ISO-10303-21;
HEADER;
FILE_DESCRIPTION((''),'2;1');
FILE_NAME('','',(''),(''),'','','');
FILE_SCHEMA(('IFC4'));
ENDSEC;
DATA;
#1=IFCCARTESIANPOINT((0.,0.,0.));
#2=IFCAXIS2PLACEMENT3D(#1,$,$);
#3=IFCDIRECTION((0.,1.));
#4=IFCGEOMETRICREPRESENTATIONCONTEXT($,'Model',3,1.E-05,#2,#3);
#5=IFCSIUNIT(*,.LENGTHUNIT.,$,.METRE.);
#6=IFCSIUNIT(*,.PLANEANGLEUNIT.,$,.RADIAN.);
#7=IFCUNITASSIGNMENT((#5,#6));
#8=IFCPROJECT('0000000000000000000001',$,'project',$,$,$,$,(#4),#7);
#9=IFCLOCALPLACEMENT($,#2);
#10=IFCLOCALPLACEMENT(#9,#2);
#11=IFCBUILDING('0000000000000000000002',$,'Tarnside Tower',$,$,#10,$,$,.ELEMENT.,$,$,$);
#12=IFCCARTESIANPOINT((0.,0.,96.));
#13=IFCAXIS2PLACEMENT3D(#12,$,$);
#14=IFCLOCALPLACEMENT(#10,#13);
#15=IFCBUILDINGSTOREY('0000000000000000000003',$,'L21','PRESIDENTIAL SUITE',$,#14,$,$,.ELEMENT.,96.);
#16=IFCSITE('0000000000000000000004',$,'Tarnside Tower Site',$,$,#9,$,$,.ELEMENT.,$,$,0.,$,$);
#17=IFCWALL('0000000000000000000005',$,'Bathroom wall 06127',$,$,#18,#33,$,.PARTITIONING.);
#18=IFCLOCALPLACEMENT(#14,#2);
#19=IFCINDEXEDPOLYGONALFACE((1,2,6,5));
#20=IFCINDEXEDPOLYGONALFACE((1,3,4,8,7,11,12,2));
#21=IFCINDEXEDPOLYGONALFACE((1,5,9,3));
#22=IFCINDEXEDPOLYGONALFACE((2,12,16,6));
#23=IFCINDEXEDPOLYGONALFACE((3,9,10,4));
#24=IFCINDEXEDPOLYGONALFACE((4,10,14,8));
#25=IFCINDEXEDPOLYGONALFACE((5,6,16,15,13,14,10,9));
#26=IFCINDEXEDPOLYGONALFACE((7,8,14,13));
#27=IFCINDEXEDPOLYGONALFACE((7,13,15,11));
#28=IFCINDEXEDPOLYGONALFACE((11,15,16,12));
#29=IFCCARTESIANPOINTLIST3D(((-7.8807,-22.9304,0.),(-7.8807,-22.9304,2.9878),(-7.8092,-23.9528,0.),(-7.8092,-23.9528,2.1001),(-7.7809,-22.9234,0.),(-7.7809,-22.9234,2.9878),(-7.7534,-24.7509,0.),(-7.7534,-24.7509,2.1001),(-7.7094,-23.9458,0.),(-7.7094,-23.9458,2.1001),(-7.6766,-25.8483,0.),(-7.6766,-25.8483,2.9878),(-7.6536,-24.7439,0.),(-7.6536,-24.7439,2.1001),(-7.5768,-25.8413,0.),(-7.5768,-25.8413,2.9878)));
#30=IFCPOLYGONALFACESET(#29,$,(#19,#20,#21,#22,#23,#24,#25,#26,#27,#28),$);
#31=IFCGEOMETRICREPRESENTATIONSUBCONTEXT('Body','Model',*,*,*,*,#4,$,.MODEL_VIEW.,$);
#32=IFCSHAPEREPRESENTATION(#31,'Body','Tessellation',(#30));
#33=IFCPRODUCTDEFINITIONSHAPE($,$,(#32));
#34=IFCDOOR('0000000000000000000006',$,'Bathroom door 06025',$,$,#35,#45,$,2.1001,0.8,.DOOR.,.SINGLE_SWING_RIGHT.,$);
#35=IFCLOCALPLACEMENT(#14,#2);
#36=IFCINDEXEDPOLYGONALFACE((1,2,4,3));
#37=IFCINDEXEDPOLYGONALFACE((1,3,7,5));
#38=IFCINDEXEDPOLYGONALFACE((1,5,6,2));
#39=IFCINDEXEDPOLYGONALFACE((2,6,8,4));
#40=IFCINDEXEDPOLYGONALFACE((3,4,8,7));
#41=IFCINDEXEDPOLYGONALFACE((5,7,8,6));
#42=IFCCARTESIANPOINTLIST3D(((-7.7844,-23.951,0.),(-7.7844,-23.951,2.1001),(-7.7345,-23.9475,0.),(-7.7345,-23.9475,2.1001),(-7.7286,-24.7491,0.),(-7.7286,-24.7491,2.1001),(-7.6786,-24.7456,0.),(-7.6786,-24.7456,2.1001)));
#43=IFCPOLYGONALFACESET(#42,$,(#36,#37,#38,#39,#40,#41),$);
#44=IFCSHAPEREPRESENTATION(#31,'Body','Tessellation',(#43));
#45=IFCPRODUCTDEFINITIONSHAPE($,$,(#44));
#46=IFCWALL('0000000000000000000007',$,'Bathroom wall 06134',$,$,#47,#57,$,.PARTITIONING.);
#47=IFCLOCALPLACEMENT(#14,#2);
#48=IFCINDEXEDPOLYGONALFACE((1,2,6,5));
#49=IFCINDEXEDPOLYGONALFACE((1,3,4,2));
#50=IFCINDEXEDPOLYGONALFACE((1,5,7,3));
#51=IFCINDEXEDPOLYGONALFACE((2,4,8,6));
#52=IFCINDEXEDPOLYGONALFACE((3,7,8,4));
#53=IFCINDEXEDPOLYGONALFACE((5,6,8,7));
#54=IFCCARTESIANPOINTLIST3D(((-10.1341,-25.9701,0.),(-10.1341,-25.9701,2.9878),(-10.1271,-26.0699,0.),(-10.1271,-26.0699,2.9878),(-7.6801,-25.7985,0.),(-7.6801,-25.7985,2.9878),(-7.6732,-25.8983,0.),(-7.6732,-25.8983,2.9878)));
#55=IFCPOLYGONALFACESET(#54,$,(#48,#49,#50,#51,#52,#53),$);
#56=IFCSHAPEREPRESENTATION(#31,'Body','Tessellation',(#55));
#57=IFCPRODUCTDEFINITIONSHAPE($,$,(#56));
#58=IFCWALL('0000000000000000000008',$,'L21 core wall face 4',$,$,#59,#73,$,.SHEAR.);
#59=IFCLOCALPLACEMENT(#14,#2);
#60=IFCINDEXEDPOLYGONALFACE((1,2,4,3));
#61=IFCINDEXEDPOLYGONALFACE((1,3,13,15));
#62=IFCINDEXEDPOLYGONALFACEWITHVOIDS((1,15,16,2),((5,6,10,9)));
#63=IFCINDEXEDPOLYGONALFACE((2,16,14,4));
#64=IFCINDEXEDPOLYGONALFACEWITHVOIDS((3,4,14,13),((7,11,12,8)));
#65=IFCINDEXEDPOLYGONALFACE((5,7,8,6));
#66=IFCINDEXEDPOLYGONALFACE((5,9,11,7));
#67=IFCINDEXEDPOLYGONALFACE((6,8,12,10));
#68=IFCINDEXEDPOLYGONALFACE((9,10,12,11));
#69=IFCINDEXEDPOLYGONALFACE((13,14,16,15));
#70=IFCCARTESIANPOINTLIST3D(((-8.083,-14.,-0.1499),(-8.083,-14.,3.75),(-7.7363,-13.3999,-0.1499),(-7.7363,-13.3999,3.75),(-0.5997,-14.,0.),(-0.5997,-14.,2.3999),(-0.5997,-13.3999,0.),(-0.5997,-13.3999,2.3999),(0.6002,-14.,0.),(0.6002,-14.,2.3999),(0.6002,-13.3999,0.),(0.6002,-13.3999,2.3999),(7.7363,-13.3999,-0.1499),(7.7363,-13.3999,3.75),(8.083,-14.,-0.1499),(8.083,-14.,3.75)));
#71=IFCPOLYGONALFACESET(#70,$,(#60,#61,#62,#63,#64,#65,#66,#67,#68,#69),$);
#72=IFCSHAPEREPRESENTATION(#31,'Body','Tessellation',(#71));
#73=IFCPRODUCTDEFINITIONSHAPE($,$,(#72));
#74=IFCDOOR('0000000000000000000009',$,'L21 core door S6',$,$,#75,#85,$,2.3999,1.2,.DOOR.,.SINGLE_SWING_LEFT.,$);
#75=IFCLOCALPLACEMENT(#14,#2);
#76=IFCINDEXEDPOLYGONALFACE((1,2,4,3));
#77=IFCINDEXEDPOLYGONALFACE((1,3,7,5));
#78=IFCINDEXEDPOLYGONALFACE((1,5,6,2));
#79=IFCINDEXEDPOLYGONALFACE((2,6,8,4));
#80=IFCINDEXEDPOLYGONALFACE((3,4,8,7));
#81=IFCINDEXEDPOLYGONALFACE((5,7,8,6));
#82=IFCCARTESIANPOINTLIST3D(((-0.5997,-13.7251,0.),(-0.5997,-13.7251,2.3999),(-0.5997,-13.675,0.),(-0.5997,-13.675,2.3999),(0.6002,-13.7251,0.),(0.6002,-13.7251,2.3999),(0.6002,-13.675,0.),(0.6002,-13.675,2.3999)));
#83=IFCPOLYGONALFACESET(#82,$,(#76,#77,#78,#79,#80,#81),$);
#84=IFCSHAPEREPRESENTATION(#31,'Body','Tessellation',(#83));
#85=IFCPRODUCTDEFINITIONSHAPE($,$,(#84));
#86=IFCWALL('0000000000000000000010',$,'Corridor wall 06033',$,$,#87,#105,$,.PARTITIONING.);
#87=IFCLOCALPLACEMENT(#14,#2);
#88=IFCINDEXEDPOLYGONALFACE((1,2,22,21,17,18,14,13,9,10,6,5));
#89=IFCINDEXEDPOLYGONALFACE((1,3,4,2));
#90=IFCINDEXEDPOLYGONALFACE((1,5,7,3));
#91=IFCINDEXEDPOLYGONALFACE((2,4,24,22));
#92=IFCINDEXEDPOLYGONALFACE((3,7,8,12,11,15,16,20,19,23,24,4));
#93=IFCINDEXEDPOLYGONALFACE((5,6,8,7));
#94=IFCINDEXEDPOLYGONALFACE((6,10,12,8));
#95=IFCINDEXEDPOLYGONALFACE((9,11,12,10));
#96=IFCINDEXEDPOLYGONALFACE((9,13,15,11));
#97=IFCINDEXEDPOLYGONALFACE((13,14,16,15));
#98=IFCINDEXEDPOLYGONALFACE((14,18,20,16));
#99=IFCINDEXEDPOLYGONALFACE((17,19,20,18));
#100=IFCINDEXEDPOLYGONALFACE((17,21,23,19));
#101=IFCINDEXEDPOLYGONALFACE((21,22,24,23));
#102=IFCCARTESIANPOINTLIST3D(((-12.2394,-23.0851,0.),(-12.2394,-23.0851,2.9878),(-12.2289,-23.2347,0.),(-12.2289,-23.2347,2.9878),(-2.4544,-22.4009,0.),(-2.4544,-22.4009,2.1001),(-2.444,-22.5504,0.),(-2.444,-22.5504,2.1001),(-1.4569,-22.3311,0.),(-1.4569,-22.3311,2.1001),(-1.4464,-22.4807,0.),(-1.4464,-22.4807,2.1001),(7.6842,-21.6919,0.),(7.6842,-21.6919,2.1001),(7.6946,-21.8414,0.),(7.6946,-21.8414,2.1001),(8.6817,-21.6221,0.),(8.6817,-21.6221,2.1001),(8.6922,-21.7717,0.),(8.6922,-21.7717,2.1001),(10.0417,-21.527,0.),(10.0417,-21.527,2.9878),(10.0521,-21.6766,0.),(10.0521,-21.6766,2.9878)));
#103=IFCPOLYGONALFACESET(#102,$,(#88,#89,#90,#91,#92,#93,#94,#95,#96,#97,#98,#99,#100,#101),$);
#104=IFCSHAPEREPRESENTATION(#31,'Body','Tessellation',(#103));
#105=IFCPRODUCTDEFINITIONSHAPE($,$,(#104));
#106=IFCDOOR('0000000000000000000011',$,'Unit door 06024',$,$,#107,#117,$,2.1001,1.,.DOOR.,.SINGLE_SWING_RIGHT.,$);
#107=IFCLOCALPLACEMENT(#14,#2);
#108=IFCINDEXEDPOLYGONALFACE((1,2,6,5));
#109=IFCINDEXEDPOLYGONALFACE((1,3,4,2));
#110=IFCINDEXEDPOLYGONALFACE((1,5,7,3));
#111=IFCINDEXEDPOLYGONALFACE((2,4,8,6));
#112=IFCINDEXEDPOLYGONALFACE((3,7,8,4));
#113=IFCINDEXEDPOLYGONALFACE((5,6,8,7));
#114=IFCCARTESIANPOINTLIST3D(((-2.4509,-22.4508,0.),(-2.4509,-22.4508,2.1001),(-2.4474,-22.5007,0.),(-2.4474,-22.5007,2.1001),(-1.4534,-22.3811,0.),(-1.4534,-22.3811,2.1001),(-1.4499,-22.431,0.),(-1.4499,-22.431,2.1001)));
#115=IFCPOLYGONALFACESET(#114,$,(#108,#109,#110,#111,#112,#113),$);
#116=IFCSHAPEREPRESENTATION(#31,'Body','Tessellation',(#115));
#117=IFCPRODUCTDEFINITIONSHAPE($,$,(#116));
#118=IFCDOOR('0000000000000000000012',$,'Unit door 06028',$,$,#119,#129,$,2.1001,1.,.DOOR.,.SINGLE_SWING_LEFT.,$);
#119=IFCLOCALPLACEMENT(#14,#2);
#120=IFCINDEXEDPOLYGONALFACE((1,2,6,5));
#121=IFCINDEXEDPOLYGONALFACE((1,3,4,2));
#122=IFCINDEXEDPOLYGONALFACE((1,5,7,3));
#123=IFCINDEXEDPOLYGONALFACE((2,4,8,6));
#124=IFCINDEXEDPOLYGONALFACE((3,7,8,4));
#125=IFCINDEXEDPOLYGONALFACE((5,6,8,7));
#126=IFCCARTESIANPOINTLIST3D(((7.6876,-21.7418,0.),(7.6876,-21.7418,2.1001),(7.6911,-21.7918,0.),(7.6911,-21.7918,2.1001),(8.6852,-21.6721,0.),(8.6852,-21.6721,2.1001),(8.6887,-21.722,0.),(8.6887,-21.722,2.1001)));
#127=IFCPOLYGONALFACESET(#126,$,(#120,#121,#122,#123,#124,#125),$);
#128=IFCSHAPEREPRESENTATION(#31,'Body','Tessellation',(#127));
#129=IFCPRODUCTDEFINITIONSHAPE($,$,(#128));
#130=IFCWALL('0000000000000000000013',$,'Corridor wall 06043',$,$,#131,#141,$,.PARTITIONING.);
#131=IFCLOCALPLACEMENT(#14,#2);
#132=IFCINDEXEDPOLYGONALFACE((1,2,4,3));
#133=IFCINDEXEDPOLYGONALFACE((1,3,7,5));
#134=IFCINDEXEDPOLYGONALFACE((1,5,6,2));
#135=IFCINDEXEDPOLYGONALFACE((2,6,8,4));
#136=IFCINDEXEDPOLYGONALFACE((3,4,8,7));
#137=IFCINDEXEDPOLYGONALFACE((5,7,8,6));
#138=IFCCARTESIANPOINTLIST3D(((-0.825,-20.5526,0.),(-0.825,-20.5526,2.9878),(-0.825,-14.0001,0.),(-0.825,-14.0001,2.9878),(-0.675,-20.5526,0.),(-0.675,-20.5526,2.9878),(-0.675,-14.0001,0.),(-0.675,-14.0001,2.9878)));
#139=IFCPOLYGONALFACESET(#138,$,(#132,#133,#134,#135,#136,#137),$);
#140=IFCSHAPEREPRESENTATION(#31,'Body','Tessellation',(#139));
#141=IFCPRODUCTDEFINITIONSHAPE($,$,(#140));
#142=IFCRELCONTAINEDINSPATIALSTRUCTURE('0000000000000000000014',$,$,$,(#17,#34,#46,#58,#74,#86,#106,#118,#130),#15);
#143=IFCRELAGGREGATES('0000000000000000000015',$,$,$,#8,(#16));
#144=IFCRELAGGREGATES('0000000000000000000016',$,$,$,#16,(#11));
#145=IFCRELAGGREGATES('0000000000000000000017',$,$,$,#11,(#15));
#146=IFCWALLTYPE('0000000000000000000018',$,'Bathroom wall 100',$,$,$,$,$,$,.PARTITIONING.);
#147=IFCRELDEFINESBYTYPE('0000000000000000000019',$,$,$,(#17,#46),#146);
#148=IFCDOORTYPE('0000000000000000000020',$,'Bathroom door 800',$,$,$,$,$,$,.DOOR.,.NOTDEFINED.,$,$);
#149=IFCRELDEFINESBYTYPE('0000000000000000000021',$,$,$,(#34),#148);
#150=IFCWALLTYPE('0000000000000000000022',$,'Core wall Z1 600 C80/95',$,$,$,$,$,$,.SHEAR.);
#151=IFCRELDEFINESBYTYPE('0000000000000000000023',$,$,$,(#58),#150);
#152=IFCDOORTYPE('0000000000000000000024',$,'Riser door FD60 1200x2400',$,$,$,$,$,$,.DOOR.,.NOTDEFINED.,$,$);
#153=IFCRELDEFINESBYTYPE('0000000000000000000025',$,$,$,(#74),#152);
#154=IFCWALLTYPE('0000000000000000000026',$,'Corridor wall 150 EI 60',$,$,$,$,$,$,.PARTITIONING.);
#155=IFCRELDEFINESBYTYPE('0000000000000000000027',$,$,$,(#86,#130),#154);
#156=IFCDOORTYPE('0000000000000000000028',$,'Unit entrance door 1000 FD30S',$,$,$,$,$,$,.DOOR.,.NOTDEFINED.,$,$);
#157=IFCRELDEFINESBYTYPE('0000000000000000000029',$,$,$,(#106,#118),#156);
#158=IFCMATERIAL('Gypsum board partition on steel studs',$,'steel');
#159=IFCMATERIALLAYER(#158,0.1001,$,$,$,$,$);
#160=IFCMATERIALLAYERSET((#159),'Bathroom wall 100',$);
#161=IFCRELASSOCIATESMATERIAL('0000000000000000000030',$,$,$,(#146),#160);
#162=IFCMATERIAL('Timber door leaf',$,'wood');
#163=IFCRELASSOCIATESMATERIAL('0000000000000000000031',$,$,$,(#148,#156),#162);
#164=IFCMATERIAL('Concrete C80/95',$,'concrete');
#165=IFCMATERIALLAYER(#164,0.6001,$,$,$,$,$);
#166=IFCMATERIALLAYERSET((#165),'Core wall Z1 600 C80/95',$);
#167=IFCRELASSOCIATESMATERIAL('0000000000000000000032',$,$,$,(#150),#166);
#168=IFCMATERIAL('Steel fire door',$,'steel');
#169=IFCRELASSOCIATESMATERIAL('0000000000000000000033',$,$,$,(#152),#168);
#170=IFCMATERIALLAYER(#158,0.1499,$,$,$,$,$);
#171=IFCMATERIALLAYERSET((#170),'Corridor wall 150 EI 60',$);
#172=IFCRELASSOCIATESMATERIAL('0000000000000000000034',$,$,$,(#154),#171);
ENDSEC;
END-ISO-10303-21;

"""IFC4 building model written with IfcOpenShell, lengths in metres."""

from ifc_helpers import new_model, si_unit, direction, frame, frame_2d, origin, place, context, subcontext, project, spatial, polyline, rectangle, outline, extrude, material, layer, layer_set, type_object, element, fill, save


model = new_model("IFC4")

# Units and contexts
model_context = context("Model", 3, precision=1e-05, world=origin(), true_north=direction((0.0, 1.0)))
body_context = subcontext(model_context, "Body", "Model", "MODEL_VIEW")
ifc_project = project(units=[si_unit("LENGTHUNIT", "METRE"), si_unit("PLANEANGLEUNIT", "RADIAN")], contexts=[model_context])

# Site, building, storey
site_placement = place(None, origin())
site = spatial("IfcSite", under=ifc_project, at=site_placement, Name="Tarnside Tower Site", CompositionType="ELEMENT", RefElevation=0.0)
building_placement = place(site_placement, origin())
building = spatial("IfcBuilding", under=site, at=building_placement, Name="Tarnside Tower", CompositionType="ELEMENT")
storey_placement = place(building_placement, frame((0.0, 0.0, 96.0)))
storey = spatial("IfcBuildingStorey", under=building, at=storey_placement, Name="L21", Description="PRESIDENTIAL SUITE", CompositionType="ELEMENT", Elevation=96.0)

# Wall, opening, door
ifc_material_1 = material(Name="Gypsum board partition on steel studs", Category="steel")
ifc_layer_1 = layer(ifc_material_1, 0.1001)
ifc_layer_set_1 = layer_set([ifc_layer_1], Name="Bathroom wall 100")
wall_type_1 = type_object("IfcWallType", Name="Bathroom wall 100", PredefinedType="PARTITIONING", material=ifc_layer_set_1)
wall_1_placement = place(storey_placement, frame((-7.8308, -22.927, 0.0), z_axis=(0.0, 0.0, 1.0), x_axis=(0.069776, -0.997563, 0.0)))
wall_1 = element("IfcWall", 1, at=wall_1_placement, inside=storey, type_object=wall_type_1, Name="Bathroom wall 06127", PredefinedType="PARTITIONING", context=body_context, shape_type="SweptSolid", body=[
    extrude(rectangle(XDim=2.925, YDim=0.1001, at=frame_2d((1.4624, 0.0))), origin(), (0.0, 0.0, 1.0), 2.9878),
])
opening_1_placement = place(wall_1_placement, frame((1.0249, 0.0, 0.0)))
opening_1 = element("IfcOpeningElement", 2, at=opening_1_placement, cuts=wall_1, PredefinedType="OPENING", context=body_context, shape_type="SweptSolid", body=[
    extrude(rectangle(XDim=0.8, YDim=2.1001, at=frame_2d((0.3999, 1.05))), frame((0.0, 0.0601, 0.0), z_axis=(0.0, -1.0, 0.0), x_axis=(1.0, 0.0, 0.0)), (0.0, 0.0, 1.0), 0.1201),
])
ifc_material_2 = material(Name="Timber door leaf", Category="wood")
door_type_1 = type_object("IfcDoorType", Name="Bathroom door 800", OperationType="NOTDEFINED", PredefinedType="DOOR", material=ifc_material_2)
door_1_placement = place(opening_1_placement, origin())
door_1 = element("IfcDoor", 3, at=door_1_placement, inside=storey, type_object=door_type_1, Name="Bathroom door 06025", OperationType="SINGLE_SWING_RIGHT", OverallHeight=2.1001, OverallWidth=0.8, PredefinedType="DOOR", context=body_context, shape_type="SweptSolid", body=[
    extrude(rectangle(XDim=0.8, YDim=2.1001, at=frame_2d((0.3999, 1.05))), frame((0.0, 0.0249, 0.0), z_axis=(0.0, -1.0, 0.0), x_axis=(1.0, 0.0, 0.0)), (0.0, 0.0, 1.0), 0.05),
])
fill(opening_1, door_1)

# Wall
wall_2_placement = place(storey_placement, frame((-10.1306, -26.02, 0.0), z_axis=(0.0, 0.0, 1.0), x_axis=(0.997563, 0.069773, 0.0)))
element("IfcWall", 4, at=wall_2_placement, inside=storey, type_object=wall_type_1, Name="Bathroom wall 06134", PredefinedType="PARTITIONING", context=body_context, shape_type="SweptSolid", body=[
    extrude(rectangle(XDim=2.46, YDim=0.1001, at=frame_2d((1.23, 0.0))), origin(), (0.0, 0.0, 1.0), 2.9878),
])

# Wall, opening, door
ifc_material_3 = material(Name="Concrete C80/95", Category="concrete")
ifc_layer_2 = layer(ifc_material_3, 0.6001)
ifc_layer_set_2 = layer_set([ifc_layer_2], Name="Core wall Z1 600 C80/95")
wall_type_2 = type_object("IfcWallType", Name="Core wall Z1 600 C80/95", PredefinedType="SHEAR", material=ifc_layer_set_2)
wall_3_placement = place(storey_placement, frame((-7.9097, -13.7, -0.1499), z_axis=(0.0, 0.0, 1.0), x_axis=(1.0, 0.0, 0.0)))
wall_3 = element("IfcWall", 5, at=wall_3_placement, inside=storey, type_object=wall_type_2, Name="L21 core wall face 4", PredefinedType="SHEAR", context=body_context, shape_type="SweptSolid", body=[
    extrude(outline(polyline([(-0.1733, -0.3), (15.9927, -0.3), (15.646, 0.3), (0.1733, 0.3), (-0.1733, -0.3)])), origin(), (0.0, 0.0, 1.0), 3.8999),
])
opening_2_placement = place(wall_3_placement, frame((7.3098, 0.0, 0.1499)))
opening_2 = element("IfcOpeningElement", 6, at=opening_2_placement, cuts=wall_3, PredefinedType="OPENING", context=body_context, shape_type="SweptSolid", body=[
    extrude(rectangle(XDim=1.2, YDim=2.3999, at=frame_2d((0.6001, 1.2))), frame((0.0, 0.3101, 0.0), z_axis=(0.0, -1.0, 0.0), x_axis=(1.0, 0.0, 0.0)), (0.0, 0.0, 1.0), 0.6201),
])
ifc_material_4 = material(Name="Steel fire door", Category="steel")
door_type_2 = type_object("IfcDoorType", Name="Riser door FD60 1200x2400", OperationType="NOTDEFINED", PredefinedType="DOOR", material=ifc_material_4)
door_2_placement = place(opening_2_placement, origin())
door_2 = element("IfcDoor", 7, at=door_2_placement, inside=storey, type_object=door_type_2, Name="L21 core door S6", OperationType="SINGLE_SWING_LEFT", OverallHeight=2.3999, OverallWidth=1.2, PredefinedType="DOOR", context=body_context, shape_type="SweptSolid", body=[
    extrude(rectangle(XDim=1.2, YDim=2.3999, at=frame_2d((0.6001, 1.2))), frame((0.0, 0.0249, 0.0), z_axis=(0.0, -1.0, 0.0), x_axis=(1.0, 0.0, 0.0)), (0.0, 0.0, 1.0), 0.05),
])
fill(opening_2, door_2)

# Wall, openings, doors
ifc_layer_3 = layer(ifc_material_1, 0.1499)
ifc_layer_set_3 = layer_set([ifc_layer_3], Name="Corridor wall 150 EI 60")
wall_type_3 = type_object("IfcWallType", Name="Corridor wall 150 EI 60", PredefinedType="PARTITIONING", material=ifc_layer_set_3)
wall_4_placement = place(storey_placement, frame((-12.2341, -23.1599, 0.0), z_axis=(0.0, 0.0, 1.0), x_axis=(0.997564, 0.069759, 0.0)))
wall_4 = element("IfcWall", 8, at=wall_4_placement, inside=storey, type_object=wall_type_3, Name="Corridor wall 06033", PredefinedType="PARTITIONING", context=body_context, shape_type="SweptSolid", body=[
    extrude(rectangle(XDim=22.3354, YDim=0.1499, at=frame_2d((11.1677, 0.0))), origin(), (0.0, 0.0, 1.0), 2.9878),
])
opening_3_placement = place(wall_4_placement, frame((9.8088, 0.0, 0.0)))
opening_3 = element("IfcOpeningElement", 9, at=opening_3_placement, cuts=wall_4, PredefinedType="OPENING", context=body_context, shape_type="SweptSolid", body=[
    extrude(rectangle(XDim=1.0, YDim=2.1001, at=frame_2d((0.5, 1.05))), frame((0.0, 0.085, 0.0), z_axis=(0.0, -1.0, 0.0), x_axis=(1.0, 0.0, 0.0)), (0.0, 0.0, 1.0), 0.1699),
])
opening_4_placement = place(wall_4_placement, frame((19.9722, 0.0, 0.0)))
opening_4 = element("IfcOpeningElement", 10, at=opening_4_placement, cuts=wall_4, PredefinedType="OPENING", context=body_context, shape_type="SweptSolid", body=[
    extrude(rectangle(XDim=1.0, YDim=2.1001, at=frame_2d((0.5, 1.05))), frame((0.0, 0.085, 0.0), z_axis=(0.0, -1.0, 0.0), x_axis=(1.0, 0.0, 0.0)), (0.0, 0.0, 1.0), 0.1699),
])
door_type_3 = type_object("IfcDoorType", Name="Unit entrance door 1000 FD30S", OperationType="NOTDEFINED", PredefinedType="DOOR", material=ifc_material_2)
door_3_placement = place(opening_3_placement, origin())
door_3 = element("IfcDoor", 11, at=door_3_placement, inside=storey, type_object=door_type_3, Name="Unit door 06024", OperationType="SINGLE_SWING_RIGHT", OverallHeight=2.1001, OverallWidth=1.0, PredefinedType="DOOR", context=body_context, shape_type="SweptSolid", body=[
    extrude(rectangle(XDim=1.0, YDim=2.1001, at=frame_2d((0.5, 1.05))), frame((0.0, 0.0249, 0.0), z_axis=(0.0, -1.0, 0.0), x_axis=(1.0, 0.0, 0.0)), (0.0, 0.0, 1.0), 0.05),
])
fill(opening_3, door_3)
door_4_placement = place(opening_4_placement, origin())
door_4 = element("IfcDoor", 12, at=door_4_placement, inside=storey, type_object=door_type_3, Name="Unit door 06028", OperationType="SINGLE_SWING_LEFT", OverallHeight=2.1001, OverallWidth=1.0, PredefinedType="DOOR", context=body_context, shape_type="SweptSolid", body=[
    extrude(rectangle(XDim=1.0, YDim=2.1001, at=frame_2d((0.5, 1.05))), frame((0.0, 0.0249, 0.0), z_axis=(0.0, -1.0, 0.0), x_axis=(1.0, 0.0, 0.0)), (0.0, 0.0, 1.0), 0.05),
])
fill(opening_4, door_4)

# Wall
wall_5_placement = place(storey_placement, frame((-0.75, -14.0, 0.0), z_axis=(0.0, 0.0, 1.0), x_axis=(0.0, -1.0, 0.0)))
element("IfcWall", 13, at=wall_5_placement, inside=storey, type_object=wall_type_3, Name="Corridor wall 06043", PredefinedType="PARTITIONING", context=body_context, shape_type="SweptSolid", body=[
    extrude(rectangle(XDim=6.5525, YDim=0.1499, at=frame_2d((3.2764, 0.0))), origin(), (0.0, 0.0, 1.0), 2.9878),
])

save(model, "model.ifc")
